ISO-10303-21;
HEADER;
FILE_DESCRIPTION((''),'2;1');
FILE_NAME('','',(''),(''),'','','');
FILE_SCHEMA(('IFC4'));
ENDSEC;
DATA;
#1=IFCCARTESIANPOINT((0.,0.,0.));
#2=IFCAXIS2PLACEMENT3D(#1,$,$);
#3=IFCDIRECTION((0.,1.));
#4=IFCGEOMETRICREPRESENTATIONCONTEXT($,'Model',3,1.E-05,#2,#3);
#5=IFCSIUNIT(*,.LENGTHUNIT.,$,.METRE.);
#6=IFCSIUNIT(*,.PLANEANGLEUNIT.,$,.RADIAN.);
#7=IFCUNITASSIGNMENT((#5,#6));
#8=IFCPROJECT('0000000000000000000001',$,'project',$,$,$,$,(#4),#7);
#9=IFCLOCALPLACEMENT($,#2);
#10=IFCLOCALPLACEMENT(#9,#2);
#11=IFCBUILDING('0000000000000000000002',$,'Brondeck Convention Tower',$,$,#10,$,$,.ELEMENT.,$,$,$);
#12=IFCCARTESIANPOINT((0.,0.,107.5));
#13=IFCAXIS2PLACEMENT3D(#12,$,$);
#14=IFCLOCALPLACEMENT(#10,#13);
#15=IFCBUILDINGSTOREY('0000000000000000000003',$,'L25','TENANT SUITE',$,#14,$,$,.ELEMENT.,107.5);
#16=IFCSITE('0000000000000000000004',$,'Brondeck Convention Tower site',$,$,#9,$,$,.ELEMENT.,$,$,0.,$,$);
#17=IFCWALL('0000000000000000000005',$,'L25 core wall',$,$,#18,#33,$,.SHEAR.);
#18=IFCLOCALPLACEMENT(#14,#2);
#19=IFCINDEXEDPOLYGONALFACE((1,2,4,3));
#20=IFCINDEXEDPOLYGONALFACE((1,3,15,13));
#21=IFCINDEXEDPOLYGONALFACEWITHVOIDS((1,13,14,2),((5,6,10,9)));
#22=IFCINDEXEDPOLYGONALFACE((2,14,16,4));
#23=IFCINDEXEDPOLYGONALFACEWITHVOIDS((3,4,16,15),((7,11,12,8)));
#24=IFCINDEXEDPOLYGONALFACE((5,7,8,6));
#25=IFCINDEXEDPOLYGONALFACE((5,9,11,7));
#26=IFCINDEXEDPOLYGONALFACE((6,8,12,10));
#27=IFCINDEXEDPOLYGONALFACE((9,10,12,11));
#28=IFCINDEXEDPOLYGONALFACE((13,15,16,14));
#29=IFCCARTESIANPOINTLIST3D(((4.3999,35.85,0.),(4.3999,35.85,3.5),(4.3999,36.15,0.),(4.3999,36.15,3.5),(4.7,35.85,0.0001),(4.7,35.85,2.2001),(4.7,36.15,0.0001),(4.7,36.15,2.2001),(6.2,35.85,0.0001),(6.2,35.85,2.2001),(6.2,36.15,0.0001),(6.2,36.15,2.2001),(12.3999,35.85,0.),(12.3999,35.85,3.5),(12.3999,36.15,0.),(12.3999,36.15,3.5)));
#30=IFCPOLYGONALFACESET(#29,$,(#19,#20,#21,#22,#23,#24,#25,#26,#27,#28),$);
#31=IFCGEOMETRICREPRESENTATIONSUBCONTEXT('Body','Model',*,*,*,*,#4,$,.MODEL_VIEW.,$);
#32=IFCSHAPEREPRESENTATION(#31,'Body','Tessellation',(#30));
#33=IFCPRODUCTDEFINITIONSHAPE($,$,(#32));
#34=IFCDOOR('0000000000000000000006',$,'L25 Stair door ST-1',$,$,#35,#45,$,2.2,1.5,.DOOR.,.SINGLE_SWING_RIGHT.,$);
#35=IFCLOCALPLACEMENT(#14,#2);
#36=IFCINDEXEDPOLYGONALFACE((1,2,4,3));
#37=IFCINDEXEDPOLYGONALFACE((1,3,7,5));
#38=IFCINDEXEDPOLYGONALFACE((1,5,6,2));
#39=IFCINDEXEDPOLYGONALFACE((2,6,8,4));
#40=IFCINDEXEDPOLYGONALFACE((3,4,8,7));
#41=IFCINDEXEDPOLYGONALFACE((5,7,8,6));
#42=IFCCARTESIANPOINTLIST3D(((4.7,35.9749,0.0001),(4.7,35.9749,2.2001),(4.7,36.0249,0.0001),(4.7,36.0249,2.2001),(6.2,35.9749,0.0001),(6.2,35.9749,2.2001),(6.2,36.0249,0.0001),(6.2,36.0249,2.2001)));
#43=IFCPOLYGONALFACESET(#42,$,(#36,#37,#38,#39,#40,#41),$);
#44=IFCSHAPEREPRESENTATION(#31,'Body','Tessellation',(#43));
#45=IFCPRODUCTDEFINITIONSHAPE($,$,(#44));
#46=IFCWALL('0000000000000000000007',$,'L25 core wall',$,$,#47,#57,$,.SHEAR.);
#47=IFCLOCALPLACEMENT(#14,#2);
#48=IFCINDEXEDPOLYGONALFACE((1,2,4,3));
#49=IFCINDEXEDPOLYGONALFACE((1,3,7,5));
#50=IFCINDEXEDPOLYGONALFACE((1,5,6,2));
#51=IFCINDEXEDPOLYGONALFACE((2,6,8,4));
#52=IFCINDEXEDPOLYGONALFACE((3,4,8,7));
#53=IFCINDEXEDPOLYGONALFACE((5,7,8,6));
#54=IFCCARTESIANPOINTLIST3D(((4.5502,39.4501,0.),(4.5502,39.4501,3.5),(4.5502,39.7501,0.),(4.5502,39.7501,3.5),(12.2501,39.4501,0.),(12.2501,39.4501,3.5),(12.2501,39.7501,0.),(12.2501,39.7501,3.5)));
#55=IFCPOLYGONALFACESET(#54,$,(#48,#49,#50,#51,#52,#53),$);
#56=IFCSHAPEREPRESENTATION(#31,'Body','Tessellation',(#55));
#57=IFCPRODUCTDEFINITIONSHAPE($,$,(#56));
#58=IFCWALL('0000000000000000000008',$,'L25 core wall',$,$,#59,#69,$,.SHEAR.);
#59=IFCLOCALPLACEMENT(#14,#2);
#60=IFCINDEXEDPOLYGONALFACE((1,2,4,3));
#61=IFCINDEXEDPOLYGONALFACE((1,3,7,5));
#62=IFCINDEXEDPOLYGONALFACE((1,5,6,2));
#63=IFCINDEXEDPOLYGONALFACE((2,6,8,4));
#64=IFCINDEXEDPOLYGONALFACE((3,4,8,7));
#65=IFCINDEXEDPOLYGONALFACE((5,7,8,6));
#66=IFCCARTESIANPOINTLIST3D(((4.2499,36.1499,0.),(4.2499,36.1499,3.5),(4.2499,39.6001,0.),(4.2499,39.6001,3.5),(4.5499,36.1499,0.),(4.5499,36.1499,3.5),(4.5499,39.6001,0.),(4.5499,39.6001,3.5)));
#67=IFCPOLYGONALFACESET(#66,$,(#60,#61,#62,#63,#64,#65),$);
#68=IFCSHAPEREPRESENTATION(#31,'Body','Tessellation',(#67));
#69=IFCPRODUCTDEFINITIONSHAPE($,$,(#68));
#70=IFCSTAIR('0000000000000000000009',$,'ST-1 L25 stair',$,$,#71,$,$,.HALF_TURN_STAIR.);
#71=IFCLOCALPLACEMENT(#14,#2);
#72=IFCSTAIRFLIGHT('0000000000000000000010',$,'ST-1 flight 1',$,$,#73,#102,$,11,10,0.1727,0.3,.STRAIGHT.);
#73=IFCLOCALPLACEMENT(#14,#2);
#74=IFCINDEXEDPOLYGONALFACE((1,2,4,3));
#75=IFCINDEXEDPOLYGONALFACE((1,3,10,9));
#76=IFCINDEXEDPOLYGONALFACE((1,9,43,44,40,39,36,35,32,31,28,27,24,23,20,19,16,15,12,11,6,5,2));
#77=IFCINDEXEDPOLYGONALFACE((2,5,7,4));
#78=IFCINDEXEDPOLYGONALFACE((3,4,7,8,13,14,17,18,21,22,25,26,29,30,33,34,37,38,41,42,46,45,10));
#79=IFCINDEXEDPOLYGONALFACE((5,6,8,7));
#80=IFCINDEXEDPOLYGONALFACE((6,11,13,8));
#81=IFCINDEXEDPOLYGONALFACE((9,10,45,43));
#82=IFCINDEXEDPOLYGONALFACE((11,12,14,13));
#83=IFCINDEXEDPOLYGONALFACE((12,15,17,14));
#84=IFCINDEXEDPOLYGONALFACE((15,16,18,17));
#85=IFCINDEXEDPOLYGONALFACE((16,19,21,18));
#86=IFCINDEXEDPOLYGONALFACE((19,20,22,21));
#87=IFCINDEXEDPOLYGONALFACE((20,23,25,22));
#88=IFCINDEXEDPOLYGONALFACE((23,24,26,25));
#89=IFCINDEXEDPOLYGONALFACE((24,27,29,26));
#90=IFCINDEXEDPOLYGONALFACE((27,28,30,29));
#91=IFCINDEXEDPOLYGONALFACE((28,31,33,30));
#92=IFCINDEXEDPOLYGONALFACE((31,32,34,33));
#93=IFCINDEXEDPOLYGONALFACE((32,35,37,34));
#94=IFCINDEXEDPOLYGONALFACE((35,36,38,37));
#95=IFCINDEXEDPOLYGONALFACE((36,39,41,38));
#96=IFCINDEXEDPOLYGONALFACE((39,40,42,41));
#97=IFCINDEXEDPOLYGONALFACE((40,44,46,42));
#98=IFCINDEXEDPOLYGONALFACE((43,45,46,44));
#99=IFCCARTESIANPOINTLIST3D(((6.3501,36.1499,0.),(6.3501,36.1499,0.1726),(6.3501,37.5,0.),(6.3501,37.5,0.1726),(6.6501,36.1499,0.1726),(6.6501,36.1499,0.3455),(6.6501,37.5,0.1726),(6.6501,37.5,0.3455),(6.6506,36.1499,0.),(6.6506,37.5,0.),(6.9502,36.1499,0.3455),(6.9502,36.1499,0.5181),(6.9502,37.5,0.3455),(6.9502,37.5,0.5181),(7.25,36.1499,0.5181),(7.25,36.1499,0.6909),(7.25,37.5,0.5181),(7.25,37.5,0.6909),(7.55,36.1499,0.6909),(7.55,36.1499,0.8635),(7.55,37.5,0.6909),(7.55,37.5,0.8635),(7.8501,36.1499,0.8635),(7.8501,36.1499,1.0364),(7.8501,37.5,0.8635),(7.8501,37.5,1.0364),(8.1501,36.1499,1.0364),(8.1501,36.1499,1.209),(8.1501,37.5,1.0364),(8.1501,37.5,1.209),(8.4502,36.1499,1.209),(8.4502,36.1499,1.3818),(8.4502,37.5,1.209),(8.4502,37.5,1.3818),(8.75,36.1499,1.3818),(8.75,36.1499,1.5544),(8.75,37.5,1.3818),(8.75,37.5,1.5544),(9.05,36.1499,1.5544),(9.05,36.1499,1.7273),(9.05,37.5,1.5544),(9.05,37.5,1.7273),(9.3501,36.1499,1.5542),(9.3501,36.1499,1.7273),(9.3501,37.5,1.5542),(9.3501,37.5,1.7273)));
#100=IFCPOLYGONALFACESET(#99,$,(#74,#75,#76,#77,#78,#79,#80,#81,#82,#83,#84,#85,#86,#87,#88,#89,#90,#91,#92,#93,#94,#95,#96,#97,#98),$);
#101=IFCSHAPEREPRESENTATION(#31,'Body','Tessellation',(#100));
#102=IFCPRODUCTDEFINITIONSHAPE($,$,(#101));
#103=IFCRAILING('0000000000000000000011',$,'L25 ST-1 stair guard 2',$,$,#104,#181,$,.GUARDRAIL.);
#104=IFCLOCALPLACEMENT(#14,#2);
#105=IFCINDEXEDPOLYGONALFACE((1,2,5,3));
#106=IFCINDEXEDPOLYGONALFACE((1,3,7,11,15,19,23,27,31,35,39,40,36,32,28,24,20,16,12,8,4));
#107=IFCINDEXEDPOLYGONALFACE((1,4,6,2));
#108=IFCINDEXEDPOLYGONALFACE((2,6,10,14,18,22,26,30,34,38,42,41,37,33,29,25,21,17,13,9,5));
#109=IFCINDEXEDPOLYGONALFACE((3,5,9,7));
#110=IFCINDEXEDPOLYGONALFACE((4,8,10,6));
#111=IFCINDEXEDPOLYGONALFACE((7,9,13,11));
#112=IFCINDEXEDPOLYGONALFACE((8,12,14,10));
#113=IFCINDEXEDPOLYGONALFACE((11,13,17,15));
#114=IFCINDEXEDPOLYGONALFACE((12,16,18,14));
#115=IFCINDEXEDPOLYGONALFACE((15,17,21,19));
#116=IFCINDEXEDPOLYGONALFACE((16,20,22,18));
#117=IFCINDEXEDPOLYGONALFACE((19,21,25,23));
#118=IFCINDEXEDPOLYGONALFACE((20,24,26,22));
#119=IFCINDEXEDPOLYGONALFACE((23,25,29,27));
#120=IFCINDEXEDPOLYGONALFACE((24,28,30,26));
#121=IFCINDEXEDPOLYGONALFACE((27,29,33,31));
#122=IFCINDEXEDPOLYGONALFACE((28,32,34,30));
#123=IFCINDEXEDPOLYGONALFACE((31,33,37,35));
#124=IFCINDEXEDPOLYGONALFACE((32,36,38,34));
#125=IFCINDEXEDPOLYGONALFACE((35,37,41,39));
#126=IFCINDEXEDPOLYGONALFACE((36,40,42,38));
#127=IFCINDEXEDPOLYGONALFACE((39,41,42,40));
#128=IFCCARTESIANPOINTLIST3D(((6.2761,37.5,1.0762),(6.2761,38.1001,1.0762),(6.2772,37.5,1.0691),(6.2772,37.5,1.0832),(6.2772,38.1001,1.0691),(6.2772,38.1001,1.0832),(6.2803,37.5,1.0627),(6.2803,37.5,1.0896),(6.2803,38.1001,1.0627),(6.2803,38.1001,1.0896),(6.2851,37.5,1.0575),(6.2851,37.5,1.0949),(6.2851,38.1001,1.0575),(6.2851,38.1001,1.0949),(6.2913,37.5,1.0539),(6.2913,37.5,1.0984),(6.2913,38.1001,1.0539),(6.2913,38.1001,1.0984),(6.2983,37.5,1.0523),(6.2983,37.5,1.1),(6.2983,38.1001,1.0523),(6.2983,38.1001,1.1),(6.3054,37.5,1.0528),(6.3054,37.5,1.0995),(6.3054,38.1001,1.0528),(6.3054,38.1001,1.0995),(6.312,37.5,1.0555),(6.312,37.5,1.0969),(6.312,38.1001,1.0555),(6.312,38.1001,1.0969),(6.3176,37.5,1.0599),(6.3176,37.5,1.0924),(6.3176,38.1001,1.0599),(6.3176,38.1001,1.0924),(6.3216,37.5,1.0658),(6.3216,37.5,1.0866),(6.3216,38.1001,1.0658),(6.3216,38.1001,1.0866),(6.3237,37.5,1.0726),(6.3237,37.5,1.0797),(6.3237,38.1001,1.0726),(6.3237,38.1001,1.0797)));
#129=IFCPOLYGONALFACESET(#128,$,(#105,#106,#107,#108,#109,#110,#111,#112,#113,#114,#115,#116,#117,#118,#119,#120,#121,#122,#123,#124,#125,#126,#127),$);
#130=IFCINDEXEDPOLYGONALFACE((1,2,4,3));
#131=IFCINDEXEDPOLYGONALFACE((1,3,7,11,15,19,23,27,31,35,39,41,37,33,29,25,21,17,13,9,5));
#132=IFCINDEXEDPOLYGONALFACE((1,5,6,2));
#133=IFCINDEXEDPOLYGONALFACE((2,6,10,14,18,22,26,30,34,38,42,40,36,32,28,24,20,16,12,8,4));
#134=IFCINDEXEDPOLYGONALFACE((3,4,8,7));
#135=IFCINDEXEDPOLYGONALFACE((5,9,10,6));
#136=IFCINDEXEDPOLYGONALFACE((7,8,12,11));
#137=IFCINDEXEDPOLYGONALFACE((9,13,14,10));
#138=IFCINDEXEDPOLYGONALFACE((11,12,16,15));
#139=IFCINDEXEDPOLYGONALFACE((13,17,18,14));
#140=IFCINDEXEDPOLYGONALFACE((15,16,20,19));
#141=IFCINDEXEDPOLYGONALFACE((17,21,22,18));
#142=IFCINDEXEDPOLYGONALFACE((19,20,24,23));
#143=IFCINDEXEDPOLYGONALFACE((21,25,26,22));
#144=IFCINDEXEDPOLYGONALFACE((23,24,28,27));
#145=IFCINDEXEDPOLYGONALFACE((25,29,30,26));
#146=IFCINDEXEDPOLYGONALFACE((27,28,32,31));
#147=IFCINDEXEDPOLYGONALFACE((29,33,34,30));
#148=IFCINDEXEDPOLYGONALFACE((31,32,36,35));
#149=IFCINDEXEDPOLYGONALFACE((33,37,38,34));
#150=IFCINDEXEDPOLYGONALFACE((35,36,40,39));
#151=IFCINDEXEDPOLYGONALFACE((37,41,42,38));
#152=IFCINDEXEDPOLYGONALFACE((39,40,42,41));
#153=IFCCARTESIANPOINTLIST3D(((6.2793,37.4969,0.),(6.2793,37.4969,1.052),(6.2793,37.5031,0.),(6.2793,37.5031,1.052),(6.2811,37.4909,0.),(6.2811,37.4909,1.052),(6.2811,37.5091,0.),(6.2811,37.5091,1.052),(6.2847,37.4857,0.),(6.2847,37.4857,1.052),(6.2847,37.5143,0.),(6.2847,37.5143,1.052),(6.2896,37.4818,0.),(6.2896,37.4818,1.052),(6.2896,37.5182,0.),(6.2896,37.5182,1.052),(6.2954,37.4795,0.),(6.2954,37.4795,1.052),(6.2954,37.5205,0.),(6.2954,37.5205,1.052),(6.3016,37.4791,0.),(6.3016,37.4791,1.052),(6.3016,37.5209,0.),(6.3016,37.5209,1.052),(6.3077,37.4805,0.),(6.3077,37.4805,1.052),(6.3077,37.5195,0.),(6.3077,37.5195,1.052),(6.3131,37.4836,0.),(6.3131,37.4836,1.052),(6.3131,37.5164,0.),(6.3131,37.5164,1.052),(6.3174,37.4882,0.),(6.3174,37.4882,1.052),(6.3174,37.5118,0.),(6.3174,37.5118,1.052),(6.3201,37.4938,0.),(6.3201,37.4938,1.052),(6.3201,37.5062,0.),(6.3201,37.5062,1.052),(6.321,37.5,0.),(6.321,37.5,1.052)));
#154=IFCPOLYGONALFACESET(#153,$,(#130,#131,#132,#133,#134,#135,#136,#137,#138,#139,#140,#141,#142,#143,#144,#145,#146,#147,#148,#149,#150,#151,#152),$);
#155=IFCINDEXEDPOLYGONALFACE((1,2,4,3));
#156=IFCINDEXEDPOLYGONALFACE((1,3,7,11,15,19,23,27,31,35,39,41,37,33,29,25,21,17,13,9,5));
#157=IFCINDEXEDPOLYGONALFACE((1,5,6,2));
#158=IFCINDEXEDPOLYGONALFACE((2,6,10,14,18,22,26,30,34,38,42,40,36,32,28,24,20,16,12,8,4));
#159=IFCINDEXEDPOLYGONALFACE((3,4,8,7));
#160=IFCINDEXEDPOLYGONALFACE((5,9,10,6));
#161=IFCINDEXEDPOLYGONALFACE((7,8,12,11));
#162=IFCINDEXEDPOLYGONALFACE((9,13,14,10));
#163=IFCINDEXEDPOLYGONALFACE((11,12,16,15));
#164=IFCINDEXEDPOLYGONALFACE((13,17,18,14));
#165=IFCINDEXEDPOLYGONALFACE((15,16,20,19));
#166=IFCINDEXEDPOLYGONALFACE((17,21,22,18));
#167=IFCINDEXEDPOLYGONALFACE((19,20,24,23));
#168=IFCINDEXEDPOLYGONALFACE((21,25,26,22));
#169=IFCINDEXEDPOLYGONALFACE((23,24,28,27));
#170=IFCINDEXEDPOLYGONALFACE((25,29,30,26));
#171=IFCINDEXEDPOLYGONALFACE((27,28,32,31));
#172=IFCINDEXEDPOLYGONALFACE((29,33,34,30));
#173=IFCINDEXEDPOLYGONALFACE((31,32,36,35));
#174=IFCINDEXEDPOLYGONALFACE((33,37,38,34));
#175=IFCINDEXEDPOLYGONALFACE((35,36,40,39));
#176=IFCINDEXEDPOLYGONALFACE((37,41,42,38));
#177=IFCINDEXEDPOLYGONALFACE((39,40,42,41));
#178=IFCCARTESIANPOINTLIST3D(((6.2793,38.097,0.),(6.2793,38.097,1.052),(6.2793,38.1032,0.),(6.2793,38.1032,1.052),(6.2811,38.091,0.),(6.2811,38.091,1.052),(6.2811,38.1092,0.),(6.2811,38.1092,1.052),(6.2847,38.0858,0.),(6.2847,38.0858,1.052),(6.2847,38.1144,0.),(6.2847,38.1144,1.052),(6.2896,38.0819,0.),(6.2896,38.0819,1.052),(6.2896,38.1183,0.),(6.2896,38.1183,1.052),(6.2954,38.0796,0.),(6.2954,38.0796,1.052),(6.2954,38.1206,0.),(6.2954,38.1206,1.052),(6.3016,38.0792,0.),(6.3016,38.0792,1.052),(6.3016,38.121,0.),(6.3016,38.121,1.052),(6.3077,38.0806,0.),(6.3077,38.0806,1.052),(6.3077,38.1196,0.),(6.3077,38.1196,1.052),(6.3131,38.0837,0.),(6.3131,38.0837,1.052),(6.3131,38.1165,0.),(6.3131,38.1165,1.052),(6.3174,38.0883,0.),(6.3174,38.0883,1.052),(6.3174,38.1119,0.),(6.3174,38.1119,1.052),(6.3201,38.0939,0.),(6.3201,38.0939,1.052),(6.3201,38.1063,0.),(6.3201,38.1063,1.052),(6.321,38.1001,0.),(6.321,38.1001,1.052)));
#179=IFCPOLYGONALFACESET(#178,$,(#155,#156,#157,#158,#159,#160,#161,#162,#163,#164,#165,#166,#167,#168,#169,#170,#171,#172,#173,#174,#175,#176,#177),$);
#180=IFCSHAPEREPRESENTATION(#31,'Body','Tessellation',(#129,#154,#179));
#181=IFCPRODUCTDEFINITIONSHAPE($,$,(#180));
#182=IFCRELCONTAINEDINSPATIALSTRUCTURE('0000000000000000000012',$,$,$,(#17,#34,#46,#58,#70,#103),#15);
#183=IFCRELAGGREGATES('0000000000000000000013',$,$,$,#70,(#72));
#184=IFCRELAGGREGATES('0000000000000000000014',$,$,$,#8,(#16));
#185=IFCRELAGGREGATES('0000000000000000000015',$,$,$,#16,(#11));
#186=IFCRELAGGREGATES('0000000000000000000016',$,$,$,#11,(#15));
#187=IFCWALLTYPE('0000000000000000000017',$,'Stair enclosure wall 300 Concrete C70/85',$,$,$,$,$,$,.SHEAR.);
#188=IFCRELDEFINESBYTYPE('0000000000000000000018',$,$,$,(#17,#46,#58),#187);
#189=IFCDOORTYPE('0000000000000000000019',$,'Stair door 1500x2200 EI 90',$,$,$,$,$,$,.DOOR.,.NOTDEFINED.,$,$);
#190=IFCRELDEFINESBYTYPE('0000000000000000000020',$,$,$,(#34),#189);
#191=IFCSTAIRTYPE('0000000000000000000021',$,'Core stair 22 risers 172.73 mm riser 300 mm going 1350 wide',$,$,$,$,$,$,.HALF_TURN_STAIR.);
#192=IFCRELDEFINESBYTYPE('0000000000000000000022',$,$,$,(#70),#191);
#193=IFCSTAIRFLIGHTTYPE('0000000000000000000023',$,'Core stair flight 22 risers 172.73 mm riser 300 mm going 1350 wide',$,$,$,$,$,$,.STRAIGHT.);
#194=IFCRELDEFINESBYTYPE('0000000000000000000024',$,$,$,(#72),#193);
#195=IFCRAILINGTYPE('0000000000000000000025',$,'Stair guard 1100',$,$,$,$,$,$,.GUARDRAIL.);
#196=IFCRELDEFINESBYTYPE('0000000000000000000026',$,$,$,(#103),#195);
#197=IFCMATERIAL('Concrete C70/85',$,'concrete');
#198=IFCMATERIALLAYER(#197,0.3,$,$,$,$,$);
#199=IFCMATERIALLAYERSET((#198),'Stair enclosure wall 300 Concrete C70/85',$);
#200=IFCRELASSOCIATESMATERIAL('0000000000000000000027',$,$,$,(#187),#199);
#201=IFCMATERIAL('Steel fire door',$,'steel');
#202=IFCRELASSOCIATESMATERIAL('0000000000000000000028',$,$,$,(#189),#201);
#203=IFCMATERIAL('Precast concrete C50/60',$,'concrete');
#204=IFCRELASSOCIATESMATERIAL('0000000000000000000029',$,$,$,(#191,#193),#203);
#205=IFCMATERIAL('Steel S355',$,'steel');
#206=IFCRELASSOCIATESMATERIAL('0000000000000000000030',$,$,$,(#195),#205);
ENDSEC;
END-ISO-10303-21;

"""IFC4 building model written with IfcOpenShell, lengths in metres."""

from ifc_helpers import new_model, si_unit, direction, frame, frame_2d, origin, origin_2d, place, context, subcontext, project, spatial, polyline, rectangle, circle, outline, extrude, material, layer, layer_set, type_object, element, fill, aggregate, save


model = new_model("IFC4")

# Units and contexts
model_context = context("Model", 3, precision=1e-05, world=origin(), true_north=direction((0.0, 1.0)))
body_context = subcontext(model_context, "Body", "Model", "MODEL_VIEW")
ifc_project = project(units=[si_unit("LENGTHUNIT", "METRE"), si_unit("PLANEANGLEUNIT", "RADIAN")], contexts=[model_context])

# Site, building, storey
site_placement = place(None, origin())
site = spatial("IfcSite", under=ifc_project, at=site_placement, Name="Brondeck Convention Tower site", CompositionType="ELEMENT", RefElevation=0.0)
building_placement = place(site_placement, origin())
building = spatial("IfcBuilding", under=site, at=building_placement, Name="Brondeck Convention Tower", CompositionType="ELEMENT")
storey_placement = place(building_placement, frame((0.0, 0.0, 107.5)))
storey = spatial("IfcBuildingStorey", under=building, at=storey_placement, Name="L25", Description="TENANT SUITE", CompositionType="ELEMENT", Elevation=107.5)

# Shared definitions
ifc_material_1 = material(Name="Concrete C70/85", Category="concrete")

# Shared definitions
ifc_material_2 = material(Name="Steel fire door", Category="steel")

# Wall, opening, door
ifc_layer_1 = layer(ifc_material_1, 0.3)
ifc_layer_set_1 = layer_set([ifc_layer_1], Name="Stair enclosure wall 300 Concrete C70/85")
wall_type_1 = type_object("IfcWallType", Name="Stair enclosure wall 300 Concrete C70/85", PredefinedType="SHEAR", material=ifc_layer_set_1)
wall_1_placement = place(storey_placement, frame((4.3999, 36.0, 0.0), z_axis=(0.0, 0.0, 1.0), x_axis=(1.0, 0.0, 0.0)))
wall_1 = element("IfcWall", 1, at=wall_1_placement, inside=storey, type_object=wall_type_1, Name="L25 core wall", PredefinedType="SHEAR", context=body_context, shape_type="SweptSolid", body=[
    extrude(rectangle(XDim=8.0, YDim=0.3, at=frame_2d((4.0, 0.0))), origin(), (0.0, 0.0, 1.0), 3.5),
])
opening_1_placement = place(wall_1_placement, frame((0.3, 0.0, 0.0)))
opening_1 = element("IfcOpeningElement", 2, at=opening_1_placement, cuts=wall_1, PredefinedType="OPENING", context=body_context, shape_type="SweptSolid", body=[
    extrude(rectangle(XDim=1.5, YDim=2.2, at=frame_2d((0.75, 1.1001))), frame((0.0, 0.1599, 0.0), z_axis=(0.0, -1.0, 0.0), x_axis=(1.0, 0.0, 0.0)), (0.0, 0.0, 1.0), 0.3201),
])
door_type_1 = type_object("IfcDoorType", Name="Stair door 1500x2200 EI 90", OperationType="NOTDEFINED", PredefinedType="DOOR", material=ifc_material_2)
door_1_placement = place(opening_1_placement, origin())
door_1 = element("IfcDoor", 3, at=door_1_placement, inside=storey, type_object=door_type_1, Name="L25 Stair door ST-1", OperationType="SINGLE_SWING_RIGHT", OverallHeight=2.2, OverallWidth=1.5, PredefinedType="DOOR", context=body_context, shape_type="SweptSolid", body=[
    extrude(rectangle(XDim=1.5, YDim=2.2, at=frame_2d((0.75, 1.1001))), frame((0.0, 0.0249, 0.0), z_axis=(0.0, -1.0, 0.0), x_axis=(1.0, 0.0, 0.0)), (0.0, 0.0, 1.0), 0.05),
])
fill(opening_1, door_1)

# Walls
wall_2_placement = place(storey_placement, frame((4.55, 39.6001, 0.0), z_axis=(0.0, 0.0, 1.0), x_axis=(1.0, 0.0, 0.0)))
element("IfcWall", 4, at=wall_2_placement, inside=storey, type_object=wall_type_1, Name="L25 core wall", PredefinedType="SHEAR", context=body_context, shape_type="SweptSolid", body=[
    extrude(rectangle(XDim=7.7, YDim=0.3, at=frame_2d((3.8501, 0.0))), origin(), (0.0, 0.0, 1.0), 3.5),
])
wall_3_placement = place(storey_placement, frame((4.3999, 36.1499, 0.0), z_axis=(0.0, 0.0, 1.0), x_axis=(0.0, 1.0, 0.0)))
element("IfcWall", 5, at=wall_3_placement, inside=storey, type_object=wall_type_1, Name="L25 core wall", PredefinedType="SHEAR", context=body_context, shape_type="SweptSolid", body=[
    extrude(rectangle(XDim=3.4502, YDim=0.3, at=frame_2d((1.7251, 0.0))), origin(), (0.0, 0.0, 1.0), 3.5),
])

# Stair, stair flight
ifc_material_3 = material(Name="Precast concrete C50/60", Category="concrete")
stair_type = type_object("IfcStairType", Name="Core stair 22 risers 172.73 mm riser 300 mm going 1350 wide", PredefinedType="HALF_TURN_STAIR", material=ifc_material_3)
stair_placement = place(storey_placement, origin())
stair = element("IfcStair", 6, at=stair_placement, inside=storey, type_object=stair_type, Name="ST-1 L25 stair", PredefinedType="HALF_TURN_STAIR")
stair_flight_type = type_object("IfcStairFlightType", Name="Core stair flight 22 risers 172.73 mm riser 300 mm going 1350 wide", PredefinedType="STRAIGHT", material=ifc_material_3)
stair_flight_placement = place(storey_placement, frame((6.3501, 36.825, 0.0), z_axis=(0.0, 0.0, 1.0), x_axis=(1.0, 0.0, 0.0)))
stair_flight = element("IfcStairFlight", 7, at=stair_flight_placement, type_object=stair_flight_type, Name="ST-1 flight 1", NumberOfRisers=11, NumberOfTreads=10, PredefinedType="STRAIGHT", RiserHeight=0.1727, TreadLength=0.3, context=body_context, shape_type="SweptSolid", body=[
    extrude(outline(polyline([(0.0, 0.0), (0.0, 0.1726), (0.3, 0.1726), (0.3, 0.3455), (0.6001, 0.3455), (0.6001, 0.5181), (0.8999, 0.5181), (0.8999, 0.6909), (1.2, 0.6909), (1.2, 0.8635), (1.5, 0.8635), (1.5, 1.0364), (1.8, 1.0364), (1.8, 1.209), (2.1001, 1.209), (2.1001, 1.3818), (2.3999, 1.3818), (2.3999, 1.5544), (2.7, 1.5544), (2.7, 1.7273), (3.0, 1.7273), (3.0, 1.8999), (3.0, 1.5542), (0.3005, 0.0), (0.0, 0.0)])), frame((0.0, 0.675, 0.0), z_axis=(0.0, -1.0, 0.0), x_axis=(1.0, 0.0, 0.0)), (0.0, 0.0, 1.0), 1.3501),
])
aggregate(stair, [stair_flight])

# Railing
ifc_material_4 = material(Name="Steel S355", Category="steel")
railing_type_1 = type_object("IfcRailingType", Name="Stair guard 1100", PredefinedType="GUARDRAIL", material=ifc_material_4)
railing_1_placement = place(storey_placement, frame((6.3, 37.5, 0.0)))
element("IfcRailing", 8, at=railing_1_placement, inside=storey, type_object=railing_type_1, Name="L25 ST-1 stair guard 2", PredefinedType="GUARDRAIL", context=body_context, shape_type="SweptSolid", body=[
    extrude(circle(Radius=0.0239, at=origin_2d()), frame((0.0, 0.0, 1.0762), z_axis=(0.0, 1.0, 0.0), x_axis=(-1.0, 0.0, 0.0)), (0.0, 0.0, 1.0), 0.6001),
    extrude(circle(Radius=0.021, at=origin_2d()), origin(), (0.0, 0.0, 1.0), 1.052),
    extrude(circle(Radius=0.021, at=origin_2d()), frame((0.0, 0.6001, 0.0)), (0.0, 0.0, 1.0), 1.052),
])

save(model, "model.ifc")
